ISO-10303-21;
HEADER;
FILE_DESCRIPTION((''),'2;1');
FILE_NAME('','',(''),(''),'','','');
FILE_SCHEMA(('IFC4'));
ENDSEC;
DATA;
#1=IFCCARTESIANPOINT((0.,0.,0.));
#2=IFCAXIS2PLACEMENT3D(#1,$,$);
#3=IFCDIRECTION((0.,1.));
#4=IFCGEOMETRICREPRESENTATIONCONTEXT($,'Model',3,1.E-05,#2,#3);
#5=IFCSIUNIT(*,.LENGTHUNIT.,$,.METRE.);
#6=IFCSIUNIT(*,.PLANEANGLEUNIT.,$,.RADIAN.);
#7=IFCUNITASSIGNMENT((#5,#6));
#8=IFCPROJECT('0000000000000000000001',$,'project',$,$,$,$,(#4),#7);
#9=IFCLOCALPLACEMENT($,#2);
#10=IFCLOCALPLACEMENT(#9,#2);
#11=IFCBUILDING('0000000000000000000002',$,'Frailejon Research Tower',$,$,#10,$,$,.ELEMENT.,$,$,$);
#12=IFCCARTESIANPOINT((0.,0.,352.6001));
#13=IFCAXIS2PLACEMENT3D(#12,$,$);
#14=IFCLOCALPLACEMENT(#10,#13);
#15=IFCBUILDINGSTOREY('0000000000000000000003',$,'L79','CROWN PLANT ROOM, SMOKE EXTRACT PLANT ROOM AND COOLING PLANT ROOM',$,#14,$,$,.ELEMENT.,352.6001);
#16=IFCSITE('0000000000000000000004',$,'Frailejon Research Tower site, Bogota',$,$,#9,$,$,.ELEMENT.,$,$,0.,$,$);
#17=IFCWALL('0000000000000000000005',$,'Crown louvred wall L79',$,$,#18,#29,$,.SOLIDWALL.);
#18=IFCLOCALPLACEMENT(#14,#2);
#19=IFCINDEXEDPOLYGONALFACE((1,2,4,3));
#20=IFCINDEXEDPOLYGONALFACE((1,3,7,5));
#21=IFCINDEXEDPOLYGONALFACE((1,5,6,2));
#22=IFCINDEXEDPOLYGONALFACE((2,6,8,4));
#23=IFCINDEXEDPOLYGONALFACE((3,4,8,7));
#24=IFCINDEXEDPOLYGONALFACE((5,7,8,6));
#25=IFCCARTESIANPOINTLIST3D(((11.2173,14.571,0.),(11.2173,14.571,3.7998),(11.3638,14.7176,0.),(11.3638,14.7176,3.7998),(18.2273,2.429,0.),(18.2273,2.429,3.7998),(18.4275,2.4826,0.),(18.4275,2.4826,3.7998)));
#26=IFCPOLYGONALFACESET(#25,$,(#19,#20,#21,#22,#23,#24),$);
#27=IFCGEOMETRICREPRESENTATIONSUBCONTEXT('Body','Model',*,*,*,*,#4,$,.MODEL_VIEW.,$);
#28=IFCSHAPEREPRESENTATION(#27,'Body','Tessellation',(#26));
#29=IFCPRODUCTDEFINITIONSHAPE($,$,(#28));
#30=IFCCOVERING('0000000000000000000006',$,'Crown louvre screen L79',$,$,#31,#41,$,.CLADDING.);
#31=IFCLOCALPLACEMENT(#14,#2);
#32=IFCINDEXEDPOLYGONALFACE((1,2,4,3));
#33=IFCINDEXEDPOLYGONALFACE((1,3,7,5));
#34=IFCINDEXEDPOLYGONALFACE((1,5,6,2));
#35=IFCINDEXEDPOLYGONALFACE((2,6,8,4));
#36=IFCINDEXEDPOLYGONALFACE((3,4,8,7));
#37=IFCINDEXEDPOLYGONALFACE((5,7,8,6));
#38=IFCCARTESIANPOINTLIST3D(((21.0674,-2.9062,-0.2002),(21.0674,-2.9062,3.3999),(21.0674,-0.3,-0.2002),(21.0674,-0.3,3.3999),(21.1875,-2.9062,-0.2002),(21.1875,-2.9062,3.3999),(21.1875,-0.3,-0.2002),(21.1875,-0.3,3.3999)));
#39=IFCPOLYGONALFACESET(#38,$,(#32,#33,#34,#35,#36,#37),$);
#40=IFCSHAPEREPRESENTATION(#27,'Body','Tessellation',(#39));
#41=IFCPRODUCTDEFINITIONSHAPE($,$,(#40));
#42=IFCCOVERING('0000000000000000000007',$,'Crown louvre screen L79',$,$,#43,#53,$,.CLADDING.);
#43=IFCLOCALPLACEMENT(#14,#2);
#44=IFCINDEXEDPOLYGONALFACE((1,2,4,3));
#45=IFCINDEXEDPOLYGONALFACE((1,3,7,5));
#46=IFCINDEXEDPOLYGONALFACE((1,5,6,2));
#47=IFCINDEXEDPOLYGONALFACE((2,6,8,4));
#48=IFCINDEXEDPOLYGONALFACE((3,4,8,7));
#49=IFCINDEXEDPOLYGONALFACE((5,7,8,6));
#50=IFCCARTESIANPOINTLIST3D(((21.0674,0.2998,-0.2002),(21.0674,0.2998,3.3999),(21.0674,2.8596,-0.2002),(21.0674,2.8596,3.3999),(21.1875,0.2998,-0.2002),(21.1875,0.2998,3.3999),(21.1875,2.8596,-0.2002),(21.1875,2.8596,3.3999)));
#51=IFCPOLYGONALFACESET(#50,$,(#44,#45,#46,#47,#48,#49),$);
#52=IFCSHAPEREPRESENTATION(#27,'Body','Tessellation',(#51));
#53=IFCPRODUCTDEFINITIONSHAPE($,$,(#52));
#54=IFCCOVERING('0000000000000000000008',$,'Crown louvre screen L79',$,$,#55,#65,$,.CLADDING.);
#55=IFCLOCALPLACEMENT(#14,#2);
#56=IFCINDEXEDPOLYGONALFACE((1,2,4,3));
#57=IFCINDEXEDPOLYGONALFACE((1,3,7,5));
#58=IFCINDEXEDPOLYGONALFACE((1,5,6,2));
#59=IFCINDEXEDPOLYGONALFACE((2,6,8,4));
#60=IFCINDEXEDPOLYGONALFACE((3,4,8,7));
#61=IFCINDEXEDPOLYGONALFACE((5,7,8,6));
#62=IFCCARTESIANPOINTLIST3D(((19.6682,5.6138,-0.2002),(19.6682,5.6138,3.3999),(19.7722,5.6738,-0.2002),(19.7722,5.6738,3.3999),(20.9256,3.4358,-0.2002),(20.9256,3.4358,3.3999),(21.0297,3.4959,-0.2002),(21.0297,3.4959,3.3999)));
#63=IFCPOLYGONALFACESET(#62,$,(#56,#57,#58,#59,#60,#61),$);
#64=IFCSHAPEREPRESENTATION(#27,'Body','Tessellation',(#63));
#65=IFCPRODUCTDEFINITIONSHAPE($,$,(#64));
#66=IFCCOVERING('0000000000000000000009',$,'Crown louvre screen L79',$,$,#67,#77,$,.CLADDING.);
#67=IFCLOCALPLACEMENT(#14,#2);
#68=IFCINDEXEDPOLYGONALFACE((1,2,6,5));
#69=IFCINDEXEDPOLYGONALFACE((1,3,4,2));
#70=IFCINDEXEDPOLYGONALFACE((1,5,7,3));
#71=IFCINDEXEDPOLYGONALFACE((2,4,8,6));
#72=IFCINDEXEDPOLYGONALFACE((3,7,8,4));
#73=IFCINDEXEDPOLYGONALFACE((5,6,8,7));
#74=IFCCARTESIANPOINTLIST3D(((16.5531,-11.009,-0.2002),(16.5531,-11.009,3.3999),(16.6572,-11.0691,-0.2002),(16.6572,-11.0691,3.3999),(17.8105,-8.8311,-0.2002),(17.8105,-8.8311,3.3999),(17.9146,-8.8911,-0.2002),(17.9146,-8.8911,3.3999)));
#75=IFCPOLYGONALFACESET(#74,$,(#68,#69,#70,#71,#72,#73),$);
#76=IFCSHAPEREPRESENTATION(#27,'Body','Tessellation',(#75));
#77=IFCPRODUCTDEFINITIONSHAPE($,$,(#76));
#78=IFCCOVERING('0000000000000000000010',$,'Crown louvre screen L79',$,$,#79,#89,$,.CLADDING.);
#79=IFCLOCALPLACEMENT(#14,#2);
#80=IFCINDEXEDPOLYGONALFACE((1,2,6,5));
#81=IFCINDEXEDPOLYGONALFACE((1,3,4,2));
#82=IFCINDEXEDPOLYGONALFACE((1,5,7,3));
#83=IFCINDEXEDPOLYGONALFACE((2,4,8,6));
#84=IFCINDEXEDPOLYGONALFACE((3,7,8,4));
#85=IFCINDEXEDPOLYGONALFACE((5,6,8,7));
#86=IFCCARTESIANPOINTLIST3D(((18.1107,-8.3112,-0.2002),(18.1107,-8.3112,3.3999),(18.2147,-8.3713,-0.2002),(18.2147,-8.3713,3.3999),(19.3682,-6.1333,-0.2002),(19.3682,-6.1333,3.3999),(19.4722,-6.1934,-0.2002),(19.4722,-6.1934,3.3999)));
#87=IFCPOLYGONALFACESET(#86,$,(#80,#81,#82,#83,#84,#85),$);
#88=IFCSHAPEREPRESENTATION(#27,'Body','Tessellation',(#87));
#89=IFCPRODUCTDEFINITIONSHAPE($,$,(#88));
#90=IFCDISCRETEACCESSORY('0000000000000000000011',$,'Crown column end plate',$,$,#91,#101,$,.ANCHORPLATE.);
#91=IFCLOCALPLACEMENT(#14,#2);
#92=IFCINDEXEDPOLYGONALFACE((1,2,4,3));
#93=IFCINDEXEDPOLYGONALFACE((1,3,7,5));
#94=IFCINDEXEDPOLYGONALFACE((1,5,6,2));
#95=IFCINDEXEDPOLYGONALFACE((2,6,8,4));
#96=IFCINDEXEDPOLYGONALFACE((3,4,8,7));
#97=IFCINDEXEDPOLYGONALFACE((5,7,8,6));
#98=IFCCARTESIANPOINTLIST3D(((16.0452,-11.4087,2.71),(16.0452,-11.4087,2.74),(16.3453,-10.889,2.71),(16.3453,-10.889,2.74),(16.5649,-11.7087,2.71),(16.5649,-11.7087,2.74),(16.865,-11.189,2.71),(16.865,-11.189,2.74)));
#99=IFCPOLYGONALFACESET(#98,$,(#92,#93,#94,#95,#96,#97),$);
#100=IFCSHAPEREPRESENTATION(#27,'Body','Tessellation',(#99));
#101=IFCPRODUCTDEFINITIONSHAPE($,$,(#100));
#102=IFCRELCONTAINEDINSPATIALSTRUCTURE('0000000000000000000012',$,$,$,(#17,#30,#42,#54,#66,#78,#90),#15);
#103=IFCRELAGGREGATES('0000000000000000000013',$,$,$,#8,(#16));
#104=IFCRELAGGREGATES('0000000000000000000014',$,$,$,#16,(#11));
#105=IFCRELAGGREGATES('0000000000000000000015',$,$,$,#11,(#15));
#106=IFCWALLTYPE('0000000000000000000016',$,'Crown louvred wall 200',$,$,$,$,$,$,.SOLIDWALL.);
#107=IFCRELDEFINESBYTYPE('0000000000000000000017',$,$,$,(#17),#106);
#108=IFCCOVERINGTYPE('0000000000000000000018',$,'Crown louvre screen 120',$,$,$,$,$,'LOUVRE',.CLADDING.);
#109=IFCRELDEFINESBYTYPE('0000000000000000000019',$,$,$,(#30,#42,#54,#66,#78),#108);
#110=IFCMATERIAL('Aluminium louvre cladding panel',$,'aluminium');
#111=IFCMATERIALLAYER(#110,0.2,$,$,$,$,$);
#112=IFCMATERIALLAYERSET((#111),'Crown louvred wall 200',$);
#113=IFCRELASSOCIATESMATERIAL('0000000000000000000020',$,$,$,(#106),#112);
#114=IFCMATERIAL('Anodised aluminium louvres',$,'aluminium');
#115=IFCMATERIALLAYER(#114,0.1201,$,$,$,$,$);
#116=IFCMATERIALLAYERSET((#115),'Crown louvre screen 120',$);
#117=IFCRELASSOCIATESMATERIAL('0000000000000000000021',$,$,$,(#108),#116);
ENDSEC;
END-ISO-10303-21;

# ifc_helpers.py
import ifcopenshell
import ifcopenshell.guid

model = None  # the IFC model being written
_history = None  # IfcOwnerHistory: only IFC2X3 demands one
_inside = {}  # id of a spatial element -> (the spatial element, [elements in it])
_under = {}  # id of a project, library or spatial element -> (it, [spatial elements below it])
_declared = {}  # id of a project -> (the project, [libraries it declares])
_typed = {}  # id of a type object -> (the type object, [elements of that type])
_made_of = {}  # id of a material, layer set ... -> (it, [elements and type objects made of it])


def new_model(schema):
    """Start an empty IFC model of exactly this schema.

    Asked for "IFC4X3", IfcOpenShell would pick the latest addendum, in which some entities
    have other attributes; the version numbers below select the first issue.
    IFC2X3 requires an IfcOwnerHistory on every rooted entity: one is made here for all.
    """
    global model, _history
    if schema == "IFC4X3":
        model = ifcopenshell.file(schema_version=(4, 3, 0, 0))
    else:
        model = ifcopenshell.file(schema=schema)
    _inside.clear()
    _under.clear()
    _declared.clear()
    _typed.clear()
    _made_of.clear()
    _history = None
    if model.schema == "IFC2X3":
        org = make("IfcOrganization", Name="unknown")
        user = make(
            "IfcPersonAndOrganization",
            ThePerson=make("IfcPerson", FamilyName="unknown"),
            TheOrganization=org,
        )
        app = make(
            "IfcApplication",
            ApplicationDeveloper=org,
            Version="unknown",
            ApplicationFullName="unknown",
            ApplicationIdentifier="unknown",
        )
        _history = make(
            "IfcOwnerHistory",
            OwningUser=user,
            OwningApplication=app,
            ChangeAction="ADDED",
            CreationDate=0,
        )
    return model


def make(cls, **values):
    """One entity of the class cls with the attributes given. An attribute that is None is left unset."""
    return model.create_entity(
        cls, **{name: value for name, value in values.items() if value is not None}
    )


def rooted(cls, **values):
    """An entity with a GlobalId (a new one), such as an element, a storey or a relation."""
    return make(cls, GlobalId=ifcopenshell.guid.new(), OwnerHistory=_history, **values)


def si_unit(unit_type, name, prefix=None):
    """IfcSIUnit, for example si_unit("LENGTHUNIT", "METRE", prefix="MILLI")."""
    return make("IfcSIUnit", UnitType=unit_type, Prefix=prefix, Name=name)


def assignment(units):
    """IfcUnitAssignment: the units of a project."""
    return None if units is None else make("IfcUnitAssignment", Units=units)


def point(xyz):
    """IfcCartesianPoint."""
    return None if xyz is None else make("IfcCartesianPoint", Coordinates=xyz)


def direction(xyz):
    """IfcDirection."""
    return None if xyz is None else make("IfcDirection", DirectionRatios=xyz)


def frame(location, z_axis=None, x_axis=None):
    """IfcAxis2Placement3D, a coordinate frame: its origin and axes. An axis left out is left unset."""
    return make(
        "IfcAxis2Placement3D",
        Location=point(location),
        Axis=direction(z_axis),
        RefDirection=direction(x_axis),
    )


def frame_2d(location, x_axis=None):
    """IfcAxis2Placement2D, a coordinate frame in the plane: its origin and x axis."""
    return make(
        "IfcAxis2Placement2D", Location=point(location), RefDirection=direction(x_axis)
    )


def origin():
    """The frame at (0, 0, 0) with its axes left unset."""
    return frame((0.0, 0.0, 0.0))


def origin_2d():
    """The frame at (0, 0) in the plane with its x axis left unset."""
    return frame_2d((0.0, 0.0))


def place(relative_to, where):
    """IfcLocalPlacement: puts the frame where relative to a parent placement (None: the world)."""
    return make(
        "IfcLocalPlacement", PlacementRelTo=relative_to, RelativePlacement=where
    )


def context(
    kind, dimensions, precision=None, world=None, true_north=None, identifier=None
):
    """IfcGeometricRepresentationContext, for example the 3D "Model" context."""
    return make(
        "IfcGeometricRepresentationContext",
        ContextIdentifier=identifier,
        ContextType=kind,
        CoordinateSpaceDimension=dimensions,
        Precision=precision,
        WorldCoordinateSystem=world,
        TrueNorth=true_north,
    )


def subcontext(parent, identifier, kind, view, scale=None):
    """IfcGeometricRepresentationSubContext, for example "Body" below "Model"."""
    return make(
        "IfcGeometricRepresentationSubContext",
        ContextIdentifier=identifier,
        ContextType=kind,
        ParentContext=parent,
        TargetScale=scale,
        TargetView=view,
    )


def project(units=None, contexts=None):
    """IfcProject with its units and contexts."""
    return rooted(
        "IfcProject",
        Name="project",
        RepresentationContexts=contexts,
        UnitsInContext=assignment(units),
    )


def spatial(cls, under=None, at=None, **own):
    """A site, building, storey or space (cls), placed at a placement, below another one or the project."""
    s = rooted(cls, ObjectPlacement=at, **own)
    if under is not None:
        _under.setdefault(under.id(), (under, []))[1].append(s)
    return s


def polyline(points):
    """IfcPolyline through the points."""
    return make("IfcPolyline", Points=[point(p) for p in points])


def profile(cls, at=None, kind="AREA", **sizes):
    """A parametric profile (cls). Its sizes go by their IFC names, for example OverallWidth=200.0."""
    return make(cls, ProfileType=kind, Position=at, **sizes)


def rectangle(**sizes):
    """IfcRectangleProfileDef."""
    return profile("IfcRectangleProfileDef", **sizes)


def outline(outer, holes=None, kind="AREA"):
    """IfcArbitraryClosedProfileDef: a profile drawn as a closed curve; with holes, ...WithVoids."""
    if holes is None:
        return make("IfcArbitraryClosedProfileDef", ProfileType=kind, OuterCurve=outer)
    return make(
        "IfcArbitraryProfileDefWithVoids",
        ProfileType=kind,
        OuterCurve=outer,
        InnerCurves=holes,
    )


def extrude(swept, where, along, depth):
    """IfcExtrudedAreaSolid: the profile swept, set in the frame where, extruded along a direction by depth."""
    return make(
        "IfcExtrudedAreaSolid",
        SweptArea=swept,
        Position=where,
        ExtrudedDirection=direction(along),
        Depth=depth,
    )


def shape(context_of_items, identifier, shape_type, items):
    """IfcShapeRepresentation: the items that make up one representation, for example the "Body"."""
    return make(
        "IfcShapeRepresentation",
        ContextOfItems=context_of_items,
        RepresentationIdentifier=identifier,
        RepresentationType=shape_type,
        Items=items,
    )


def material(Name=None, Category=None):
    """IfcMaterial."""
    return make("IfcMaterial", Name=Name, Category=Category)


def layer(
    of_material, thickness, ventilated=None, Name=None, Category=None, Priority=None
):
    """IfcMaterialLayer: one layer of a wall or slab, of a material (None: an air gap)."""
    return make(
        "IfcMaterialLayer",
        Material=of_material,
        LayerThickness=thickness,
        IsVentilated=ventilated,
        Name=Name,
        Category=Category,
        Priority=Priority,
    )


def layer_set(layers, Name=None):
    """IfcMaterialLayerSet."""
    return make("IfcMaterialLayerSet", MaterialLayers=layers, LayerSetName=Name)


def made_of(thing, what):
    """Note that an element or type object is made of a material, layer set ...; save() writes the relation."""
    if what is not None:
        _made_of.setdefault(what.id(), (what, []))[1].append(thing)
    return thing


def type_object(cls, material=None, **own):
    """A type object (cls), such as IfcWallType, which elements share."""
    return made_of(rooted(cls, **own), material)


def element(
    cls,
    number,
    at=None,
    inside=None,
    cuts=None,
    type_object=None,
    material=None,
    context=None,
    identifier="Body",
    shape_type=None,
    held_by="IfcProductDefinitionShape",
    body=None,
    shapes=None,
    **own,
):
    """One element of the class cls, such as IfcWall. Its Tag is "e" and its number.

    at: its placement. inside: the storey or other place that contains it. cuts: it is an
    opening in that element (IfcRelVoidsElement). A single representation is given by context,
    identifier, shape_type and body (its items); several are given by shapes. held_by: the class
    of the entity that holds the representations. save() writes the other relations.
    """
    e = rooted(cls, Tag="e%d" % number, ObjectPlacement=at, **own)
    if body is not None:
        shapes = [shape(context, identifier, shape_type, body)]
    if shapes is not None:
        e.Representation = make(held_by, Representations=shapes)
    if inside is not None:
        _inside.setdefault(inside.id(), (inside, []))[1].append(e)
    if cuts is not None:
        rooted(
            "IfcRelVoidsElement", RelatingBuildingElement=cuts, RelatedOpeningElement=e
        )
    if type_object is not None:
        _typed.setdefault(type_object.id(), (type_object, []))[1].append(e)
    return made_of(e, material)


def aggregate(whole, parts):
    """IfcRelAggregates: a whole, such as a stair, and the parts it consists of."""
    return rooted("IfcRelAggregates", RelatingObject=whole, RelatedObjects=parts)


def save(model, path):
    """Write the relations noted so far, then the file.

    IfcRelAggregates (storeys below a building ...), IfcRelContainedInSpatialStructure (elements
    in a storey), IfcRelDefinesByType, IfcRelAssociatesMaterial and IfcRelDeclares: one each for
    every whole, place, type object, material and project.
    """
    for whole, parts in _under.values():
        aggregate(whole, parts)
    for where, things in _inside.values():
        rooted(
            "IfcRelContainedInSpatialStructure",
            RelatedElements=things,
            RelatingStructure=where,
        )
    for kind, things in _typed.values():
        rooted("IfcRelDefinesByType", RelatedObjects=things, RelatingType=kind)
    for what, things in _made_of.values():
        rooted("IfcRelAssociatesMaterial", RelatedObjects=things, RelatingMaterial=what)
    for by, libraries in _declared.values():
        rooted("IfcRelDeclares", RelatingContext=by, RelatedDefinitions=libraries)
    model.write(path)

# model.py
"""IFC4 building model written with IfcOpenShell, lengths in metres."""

from ifc_helpers import new_model, si_unit, direction, frame, origin, origin_2d, place, context, subcontext, project, spatial, polyline, rectangle, outline, extrude, material, layer, layer_set, type_object, element, save


model = new_model("IFC4")

# Units and contexts
model_context = context("Model", 3, precision=1e-05, world=origin(), true_north=direction((0.0, 1.0)))
body_context = subcontext(model_context, "Body", "Model", "MODEL_VIEW")
ifc_project = project(units=[si_unit("LENGTHUNIT", "METRE"), si_unit("PLANEANGLEUNIT", "RADIAN")], contexts=[model_context])

# Site, building, storey
site_placement = place(None, origin())
site = spatial("IfcSite", under=ifc_project, at=site_placement, Name="Frailejon Research Tower site, Bogota", CompositionType="ELEMENT", RefElevation=0.0)
building_placement = place(site_placement, origin())
building = spatial("IfcBuilding", under=site, at=building_placement, Name="Frailejon Research Tower", CompositionType="ELEMENT")
storey_placement = place(building_placement, frame((0.0, 0.0, 352.6001)))
storey = spatial("IfcBuildingStorey", under=building, at=storey_placement, Name="L79", Description="CROWN PLANT ROOM, SMOKE EXTRACT PLANT ROOM AND COOLING PLANT ROOM", CompositionType="ELEMENT", Elevation=352.6001)

# Wall
ifc_material_1 = material(Name="Aluminium louvre cladding panel", Category="aluminium")
ifc_layer_1 = layer(ifc_material_1, 0.2)
ifc_layer_set_1 = layer_set([ifc_layer_1], Name="Crown louvred wall 200")
wall_type = type_object("IfcWallType", Name="Crown louvred wall 200", PredefinedType="SOLIDWALL", material=ifc_layer_set_1)
wall_1_placement = place(storey_placement, frame((18.3274, 2.4558, 0.0), z_axis=(0.0, 0.0, 1.0), x_axis=(-0.499992, 0.86603, 0.0)))
element("IfcWall", 1, at=wall_1_placement, inside=storey, type_object=wall_type, Name="Crown louvred wall L79", PredefinedType="SOLIDWALL", context=body_context, shape_type="SweptSolid", body=[
    extrude(outline(polyline([(-0.0269, -0.1001), (14.1008, -0.1001), (14.0471, 0.1001), (0.0269, 0.1001), (-0.0269, -0.1001)])), origin(), (0.0, 0.0, 1.0), 3.7998),
])

# Coverings
ifc_material_2 = material(Name="Anodised aluminium louvres", Category="aluminium")
ifc_layer_2 = layer(ifc_material_2, 0.1201)
ifc_layer_set_2 = layer_set([ifc_layer_2], Name="Crown louvre screen 120")
covering_type = type_object("IfcCoveringType", Name="Crown louvre screen 120", ElementType="LOUVRE", PredefinedType="CLADDING", material=ifc_layer_set_2)
covering_1_placement = place(storey_placement, frame((21.1274, -0.3, -0.2002), z_axis=(0.0, -1.0, 0.0), x_axis=(1.0, 0.0, 0.0)))
element("IfcCovering", 2, at=covering_1_placement, inside=storey, type_object=covering_type, Name="Crown louvre screen L79", PredefinedType="CLADDING", context=body_context, shape_type="SweptSolid", body=[
    extrude(outline(polyline([(-0.0601, 0.0), (0.0601, 0.0), (0.0601, 3.6001), (-0.0601, 3.6001), (-0.0601, 0.0)])), origin(), (0.0, 0.0, 1.0), 2.6062),
])
covering_2_placement = place(storey_placement, frame((21.1274, 2.8596, -0.2002), z_axis=(0.0, -1.0, 0.0), x_axis=(1.0, 0.0, 0.0)))
element("IfcCovering", 3, at=covering_2_placement, inside=storey, type_object=covering_type, Name="Crown louvre screen L79", PredefinedType="CLADDING", context=body_context, shape_type="SweptSolid", body=[
    extrude(outline(polyline([(-0.0601, 0.0), (0.0601, 0.0), (0.0601, 3.6001), (-0.0601, 3.6001), (-0.0601, 0.0)])), origin(), (0.0, 0.0, 1.0), 2.5598),
])
for number, where, z_axis, x_axis, name in (
    (4, (19.7202, 5.6438, -0.2002), (0.499997, -0.866027, 0.0), (0.866027, 0.499997, 0.0), "Crown louvre screen L79"),
    (5, (17.8625, -8.8611, -0.2002), (-0.499979, -0.866037, 0.0), (0.866037, -0.499979, 0.0), "Crown louvre screen L79"),
    (6, (19.4202, -6.1633, -0.2002), (-0.500009, -0.86602, 0.0), (0.86602, -0.500009, 0.0), "Crown louvre screen L79"),
):
    element("IfcCovering", number, at=place(storey_placement, frame(where, z_axis=z_axis, x_axis=x_axis)), inside=storey, type_object=covering_type, Name=name, PredefinedType="CLADDING", context=body_context, shape_type="SweptSolid", body=[
        extrude(outline(polyline([(-0.0601, 0.0), (0.0601, 0.0), (0.0601, 3.6001), (-0.0601, 3.6001), (-0.0601, 0.0)])), origin(), (0.0, 0.0, 1.0), 2.5149),
    ])

# Discrete accessory
discrete_accessory_placement = place(storey_placement, frame((16.4551, -11.2988, 2.71), z_axis=(0.0, 0.0, 1.0), x_axis=(0.5, 0.866025, 0.0)))
element("IfcDiscreteAccessory", 7, at=discrete_accessory_placement, inside=storey, Name="Crown column end plate", PredefinedType="ANCHORPLATE", context=body_context, shape_type="SweptSolid", body=[
    extrude(rectangle(XDim=0.6001, YDim=0.6001, at=origin_2d()), origin(), (0.0, 0.0, 1.0), 0.03),
])

save(model, "model.ifc")
